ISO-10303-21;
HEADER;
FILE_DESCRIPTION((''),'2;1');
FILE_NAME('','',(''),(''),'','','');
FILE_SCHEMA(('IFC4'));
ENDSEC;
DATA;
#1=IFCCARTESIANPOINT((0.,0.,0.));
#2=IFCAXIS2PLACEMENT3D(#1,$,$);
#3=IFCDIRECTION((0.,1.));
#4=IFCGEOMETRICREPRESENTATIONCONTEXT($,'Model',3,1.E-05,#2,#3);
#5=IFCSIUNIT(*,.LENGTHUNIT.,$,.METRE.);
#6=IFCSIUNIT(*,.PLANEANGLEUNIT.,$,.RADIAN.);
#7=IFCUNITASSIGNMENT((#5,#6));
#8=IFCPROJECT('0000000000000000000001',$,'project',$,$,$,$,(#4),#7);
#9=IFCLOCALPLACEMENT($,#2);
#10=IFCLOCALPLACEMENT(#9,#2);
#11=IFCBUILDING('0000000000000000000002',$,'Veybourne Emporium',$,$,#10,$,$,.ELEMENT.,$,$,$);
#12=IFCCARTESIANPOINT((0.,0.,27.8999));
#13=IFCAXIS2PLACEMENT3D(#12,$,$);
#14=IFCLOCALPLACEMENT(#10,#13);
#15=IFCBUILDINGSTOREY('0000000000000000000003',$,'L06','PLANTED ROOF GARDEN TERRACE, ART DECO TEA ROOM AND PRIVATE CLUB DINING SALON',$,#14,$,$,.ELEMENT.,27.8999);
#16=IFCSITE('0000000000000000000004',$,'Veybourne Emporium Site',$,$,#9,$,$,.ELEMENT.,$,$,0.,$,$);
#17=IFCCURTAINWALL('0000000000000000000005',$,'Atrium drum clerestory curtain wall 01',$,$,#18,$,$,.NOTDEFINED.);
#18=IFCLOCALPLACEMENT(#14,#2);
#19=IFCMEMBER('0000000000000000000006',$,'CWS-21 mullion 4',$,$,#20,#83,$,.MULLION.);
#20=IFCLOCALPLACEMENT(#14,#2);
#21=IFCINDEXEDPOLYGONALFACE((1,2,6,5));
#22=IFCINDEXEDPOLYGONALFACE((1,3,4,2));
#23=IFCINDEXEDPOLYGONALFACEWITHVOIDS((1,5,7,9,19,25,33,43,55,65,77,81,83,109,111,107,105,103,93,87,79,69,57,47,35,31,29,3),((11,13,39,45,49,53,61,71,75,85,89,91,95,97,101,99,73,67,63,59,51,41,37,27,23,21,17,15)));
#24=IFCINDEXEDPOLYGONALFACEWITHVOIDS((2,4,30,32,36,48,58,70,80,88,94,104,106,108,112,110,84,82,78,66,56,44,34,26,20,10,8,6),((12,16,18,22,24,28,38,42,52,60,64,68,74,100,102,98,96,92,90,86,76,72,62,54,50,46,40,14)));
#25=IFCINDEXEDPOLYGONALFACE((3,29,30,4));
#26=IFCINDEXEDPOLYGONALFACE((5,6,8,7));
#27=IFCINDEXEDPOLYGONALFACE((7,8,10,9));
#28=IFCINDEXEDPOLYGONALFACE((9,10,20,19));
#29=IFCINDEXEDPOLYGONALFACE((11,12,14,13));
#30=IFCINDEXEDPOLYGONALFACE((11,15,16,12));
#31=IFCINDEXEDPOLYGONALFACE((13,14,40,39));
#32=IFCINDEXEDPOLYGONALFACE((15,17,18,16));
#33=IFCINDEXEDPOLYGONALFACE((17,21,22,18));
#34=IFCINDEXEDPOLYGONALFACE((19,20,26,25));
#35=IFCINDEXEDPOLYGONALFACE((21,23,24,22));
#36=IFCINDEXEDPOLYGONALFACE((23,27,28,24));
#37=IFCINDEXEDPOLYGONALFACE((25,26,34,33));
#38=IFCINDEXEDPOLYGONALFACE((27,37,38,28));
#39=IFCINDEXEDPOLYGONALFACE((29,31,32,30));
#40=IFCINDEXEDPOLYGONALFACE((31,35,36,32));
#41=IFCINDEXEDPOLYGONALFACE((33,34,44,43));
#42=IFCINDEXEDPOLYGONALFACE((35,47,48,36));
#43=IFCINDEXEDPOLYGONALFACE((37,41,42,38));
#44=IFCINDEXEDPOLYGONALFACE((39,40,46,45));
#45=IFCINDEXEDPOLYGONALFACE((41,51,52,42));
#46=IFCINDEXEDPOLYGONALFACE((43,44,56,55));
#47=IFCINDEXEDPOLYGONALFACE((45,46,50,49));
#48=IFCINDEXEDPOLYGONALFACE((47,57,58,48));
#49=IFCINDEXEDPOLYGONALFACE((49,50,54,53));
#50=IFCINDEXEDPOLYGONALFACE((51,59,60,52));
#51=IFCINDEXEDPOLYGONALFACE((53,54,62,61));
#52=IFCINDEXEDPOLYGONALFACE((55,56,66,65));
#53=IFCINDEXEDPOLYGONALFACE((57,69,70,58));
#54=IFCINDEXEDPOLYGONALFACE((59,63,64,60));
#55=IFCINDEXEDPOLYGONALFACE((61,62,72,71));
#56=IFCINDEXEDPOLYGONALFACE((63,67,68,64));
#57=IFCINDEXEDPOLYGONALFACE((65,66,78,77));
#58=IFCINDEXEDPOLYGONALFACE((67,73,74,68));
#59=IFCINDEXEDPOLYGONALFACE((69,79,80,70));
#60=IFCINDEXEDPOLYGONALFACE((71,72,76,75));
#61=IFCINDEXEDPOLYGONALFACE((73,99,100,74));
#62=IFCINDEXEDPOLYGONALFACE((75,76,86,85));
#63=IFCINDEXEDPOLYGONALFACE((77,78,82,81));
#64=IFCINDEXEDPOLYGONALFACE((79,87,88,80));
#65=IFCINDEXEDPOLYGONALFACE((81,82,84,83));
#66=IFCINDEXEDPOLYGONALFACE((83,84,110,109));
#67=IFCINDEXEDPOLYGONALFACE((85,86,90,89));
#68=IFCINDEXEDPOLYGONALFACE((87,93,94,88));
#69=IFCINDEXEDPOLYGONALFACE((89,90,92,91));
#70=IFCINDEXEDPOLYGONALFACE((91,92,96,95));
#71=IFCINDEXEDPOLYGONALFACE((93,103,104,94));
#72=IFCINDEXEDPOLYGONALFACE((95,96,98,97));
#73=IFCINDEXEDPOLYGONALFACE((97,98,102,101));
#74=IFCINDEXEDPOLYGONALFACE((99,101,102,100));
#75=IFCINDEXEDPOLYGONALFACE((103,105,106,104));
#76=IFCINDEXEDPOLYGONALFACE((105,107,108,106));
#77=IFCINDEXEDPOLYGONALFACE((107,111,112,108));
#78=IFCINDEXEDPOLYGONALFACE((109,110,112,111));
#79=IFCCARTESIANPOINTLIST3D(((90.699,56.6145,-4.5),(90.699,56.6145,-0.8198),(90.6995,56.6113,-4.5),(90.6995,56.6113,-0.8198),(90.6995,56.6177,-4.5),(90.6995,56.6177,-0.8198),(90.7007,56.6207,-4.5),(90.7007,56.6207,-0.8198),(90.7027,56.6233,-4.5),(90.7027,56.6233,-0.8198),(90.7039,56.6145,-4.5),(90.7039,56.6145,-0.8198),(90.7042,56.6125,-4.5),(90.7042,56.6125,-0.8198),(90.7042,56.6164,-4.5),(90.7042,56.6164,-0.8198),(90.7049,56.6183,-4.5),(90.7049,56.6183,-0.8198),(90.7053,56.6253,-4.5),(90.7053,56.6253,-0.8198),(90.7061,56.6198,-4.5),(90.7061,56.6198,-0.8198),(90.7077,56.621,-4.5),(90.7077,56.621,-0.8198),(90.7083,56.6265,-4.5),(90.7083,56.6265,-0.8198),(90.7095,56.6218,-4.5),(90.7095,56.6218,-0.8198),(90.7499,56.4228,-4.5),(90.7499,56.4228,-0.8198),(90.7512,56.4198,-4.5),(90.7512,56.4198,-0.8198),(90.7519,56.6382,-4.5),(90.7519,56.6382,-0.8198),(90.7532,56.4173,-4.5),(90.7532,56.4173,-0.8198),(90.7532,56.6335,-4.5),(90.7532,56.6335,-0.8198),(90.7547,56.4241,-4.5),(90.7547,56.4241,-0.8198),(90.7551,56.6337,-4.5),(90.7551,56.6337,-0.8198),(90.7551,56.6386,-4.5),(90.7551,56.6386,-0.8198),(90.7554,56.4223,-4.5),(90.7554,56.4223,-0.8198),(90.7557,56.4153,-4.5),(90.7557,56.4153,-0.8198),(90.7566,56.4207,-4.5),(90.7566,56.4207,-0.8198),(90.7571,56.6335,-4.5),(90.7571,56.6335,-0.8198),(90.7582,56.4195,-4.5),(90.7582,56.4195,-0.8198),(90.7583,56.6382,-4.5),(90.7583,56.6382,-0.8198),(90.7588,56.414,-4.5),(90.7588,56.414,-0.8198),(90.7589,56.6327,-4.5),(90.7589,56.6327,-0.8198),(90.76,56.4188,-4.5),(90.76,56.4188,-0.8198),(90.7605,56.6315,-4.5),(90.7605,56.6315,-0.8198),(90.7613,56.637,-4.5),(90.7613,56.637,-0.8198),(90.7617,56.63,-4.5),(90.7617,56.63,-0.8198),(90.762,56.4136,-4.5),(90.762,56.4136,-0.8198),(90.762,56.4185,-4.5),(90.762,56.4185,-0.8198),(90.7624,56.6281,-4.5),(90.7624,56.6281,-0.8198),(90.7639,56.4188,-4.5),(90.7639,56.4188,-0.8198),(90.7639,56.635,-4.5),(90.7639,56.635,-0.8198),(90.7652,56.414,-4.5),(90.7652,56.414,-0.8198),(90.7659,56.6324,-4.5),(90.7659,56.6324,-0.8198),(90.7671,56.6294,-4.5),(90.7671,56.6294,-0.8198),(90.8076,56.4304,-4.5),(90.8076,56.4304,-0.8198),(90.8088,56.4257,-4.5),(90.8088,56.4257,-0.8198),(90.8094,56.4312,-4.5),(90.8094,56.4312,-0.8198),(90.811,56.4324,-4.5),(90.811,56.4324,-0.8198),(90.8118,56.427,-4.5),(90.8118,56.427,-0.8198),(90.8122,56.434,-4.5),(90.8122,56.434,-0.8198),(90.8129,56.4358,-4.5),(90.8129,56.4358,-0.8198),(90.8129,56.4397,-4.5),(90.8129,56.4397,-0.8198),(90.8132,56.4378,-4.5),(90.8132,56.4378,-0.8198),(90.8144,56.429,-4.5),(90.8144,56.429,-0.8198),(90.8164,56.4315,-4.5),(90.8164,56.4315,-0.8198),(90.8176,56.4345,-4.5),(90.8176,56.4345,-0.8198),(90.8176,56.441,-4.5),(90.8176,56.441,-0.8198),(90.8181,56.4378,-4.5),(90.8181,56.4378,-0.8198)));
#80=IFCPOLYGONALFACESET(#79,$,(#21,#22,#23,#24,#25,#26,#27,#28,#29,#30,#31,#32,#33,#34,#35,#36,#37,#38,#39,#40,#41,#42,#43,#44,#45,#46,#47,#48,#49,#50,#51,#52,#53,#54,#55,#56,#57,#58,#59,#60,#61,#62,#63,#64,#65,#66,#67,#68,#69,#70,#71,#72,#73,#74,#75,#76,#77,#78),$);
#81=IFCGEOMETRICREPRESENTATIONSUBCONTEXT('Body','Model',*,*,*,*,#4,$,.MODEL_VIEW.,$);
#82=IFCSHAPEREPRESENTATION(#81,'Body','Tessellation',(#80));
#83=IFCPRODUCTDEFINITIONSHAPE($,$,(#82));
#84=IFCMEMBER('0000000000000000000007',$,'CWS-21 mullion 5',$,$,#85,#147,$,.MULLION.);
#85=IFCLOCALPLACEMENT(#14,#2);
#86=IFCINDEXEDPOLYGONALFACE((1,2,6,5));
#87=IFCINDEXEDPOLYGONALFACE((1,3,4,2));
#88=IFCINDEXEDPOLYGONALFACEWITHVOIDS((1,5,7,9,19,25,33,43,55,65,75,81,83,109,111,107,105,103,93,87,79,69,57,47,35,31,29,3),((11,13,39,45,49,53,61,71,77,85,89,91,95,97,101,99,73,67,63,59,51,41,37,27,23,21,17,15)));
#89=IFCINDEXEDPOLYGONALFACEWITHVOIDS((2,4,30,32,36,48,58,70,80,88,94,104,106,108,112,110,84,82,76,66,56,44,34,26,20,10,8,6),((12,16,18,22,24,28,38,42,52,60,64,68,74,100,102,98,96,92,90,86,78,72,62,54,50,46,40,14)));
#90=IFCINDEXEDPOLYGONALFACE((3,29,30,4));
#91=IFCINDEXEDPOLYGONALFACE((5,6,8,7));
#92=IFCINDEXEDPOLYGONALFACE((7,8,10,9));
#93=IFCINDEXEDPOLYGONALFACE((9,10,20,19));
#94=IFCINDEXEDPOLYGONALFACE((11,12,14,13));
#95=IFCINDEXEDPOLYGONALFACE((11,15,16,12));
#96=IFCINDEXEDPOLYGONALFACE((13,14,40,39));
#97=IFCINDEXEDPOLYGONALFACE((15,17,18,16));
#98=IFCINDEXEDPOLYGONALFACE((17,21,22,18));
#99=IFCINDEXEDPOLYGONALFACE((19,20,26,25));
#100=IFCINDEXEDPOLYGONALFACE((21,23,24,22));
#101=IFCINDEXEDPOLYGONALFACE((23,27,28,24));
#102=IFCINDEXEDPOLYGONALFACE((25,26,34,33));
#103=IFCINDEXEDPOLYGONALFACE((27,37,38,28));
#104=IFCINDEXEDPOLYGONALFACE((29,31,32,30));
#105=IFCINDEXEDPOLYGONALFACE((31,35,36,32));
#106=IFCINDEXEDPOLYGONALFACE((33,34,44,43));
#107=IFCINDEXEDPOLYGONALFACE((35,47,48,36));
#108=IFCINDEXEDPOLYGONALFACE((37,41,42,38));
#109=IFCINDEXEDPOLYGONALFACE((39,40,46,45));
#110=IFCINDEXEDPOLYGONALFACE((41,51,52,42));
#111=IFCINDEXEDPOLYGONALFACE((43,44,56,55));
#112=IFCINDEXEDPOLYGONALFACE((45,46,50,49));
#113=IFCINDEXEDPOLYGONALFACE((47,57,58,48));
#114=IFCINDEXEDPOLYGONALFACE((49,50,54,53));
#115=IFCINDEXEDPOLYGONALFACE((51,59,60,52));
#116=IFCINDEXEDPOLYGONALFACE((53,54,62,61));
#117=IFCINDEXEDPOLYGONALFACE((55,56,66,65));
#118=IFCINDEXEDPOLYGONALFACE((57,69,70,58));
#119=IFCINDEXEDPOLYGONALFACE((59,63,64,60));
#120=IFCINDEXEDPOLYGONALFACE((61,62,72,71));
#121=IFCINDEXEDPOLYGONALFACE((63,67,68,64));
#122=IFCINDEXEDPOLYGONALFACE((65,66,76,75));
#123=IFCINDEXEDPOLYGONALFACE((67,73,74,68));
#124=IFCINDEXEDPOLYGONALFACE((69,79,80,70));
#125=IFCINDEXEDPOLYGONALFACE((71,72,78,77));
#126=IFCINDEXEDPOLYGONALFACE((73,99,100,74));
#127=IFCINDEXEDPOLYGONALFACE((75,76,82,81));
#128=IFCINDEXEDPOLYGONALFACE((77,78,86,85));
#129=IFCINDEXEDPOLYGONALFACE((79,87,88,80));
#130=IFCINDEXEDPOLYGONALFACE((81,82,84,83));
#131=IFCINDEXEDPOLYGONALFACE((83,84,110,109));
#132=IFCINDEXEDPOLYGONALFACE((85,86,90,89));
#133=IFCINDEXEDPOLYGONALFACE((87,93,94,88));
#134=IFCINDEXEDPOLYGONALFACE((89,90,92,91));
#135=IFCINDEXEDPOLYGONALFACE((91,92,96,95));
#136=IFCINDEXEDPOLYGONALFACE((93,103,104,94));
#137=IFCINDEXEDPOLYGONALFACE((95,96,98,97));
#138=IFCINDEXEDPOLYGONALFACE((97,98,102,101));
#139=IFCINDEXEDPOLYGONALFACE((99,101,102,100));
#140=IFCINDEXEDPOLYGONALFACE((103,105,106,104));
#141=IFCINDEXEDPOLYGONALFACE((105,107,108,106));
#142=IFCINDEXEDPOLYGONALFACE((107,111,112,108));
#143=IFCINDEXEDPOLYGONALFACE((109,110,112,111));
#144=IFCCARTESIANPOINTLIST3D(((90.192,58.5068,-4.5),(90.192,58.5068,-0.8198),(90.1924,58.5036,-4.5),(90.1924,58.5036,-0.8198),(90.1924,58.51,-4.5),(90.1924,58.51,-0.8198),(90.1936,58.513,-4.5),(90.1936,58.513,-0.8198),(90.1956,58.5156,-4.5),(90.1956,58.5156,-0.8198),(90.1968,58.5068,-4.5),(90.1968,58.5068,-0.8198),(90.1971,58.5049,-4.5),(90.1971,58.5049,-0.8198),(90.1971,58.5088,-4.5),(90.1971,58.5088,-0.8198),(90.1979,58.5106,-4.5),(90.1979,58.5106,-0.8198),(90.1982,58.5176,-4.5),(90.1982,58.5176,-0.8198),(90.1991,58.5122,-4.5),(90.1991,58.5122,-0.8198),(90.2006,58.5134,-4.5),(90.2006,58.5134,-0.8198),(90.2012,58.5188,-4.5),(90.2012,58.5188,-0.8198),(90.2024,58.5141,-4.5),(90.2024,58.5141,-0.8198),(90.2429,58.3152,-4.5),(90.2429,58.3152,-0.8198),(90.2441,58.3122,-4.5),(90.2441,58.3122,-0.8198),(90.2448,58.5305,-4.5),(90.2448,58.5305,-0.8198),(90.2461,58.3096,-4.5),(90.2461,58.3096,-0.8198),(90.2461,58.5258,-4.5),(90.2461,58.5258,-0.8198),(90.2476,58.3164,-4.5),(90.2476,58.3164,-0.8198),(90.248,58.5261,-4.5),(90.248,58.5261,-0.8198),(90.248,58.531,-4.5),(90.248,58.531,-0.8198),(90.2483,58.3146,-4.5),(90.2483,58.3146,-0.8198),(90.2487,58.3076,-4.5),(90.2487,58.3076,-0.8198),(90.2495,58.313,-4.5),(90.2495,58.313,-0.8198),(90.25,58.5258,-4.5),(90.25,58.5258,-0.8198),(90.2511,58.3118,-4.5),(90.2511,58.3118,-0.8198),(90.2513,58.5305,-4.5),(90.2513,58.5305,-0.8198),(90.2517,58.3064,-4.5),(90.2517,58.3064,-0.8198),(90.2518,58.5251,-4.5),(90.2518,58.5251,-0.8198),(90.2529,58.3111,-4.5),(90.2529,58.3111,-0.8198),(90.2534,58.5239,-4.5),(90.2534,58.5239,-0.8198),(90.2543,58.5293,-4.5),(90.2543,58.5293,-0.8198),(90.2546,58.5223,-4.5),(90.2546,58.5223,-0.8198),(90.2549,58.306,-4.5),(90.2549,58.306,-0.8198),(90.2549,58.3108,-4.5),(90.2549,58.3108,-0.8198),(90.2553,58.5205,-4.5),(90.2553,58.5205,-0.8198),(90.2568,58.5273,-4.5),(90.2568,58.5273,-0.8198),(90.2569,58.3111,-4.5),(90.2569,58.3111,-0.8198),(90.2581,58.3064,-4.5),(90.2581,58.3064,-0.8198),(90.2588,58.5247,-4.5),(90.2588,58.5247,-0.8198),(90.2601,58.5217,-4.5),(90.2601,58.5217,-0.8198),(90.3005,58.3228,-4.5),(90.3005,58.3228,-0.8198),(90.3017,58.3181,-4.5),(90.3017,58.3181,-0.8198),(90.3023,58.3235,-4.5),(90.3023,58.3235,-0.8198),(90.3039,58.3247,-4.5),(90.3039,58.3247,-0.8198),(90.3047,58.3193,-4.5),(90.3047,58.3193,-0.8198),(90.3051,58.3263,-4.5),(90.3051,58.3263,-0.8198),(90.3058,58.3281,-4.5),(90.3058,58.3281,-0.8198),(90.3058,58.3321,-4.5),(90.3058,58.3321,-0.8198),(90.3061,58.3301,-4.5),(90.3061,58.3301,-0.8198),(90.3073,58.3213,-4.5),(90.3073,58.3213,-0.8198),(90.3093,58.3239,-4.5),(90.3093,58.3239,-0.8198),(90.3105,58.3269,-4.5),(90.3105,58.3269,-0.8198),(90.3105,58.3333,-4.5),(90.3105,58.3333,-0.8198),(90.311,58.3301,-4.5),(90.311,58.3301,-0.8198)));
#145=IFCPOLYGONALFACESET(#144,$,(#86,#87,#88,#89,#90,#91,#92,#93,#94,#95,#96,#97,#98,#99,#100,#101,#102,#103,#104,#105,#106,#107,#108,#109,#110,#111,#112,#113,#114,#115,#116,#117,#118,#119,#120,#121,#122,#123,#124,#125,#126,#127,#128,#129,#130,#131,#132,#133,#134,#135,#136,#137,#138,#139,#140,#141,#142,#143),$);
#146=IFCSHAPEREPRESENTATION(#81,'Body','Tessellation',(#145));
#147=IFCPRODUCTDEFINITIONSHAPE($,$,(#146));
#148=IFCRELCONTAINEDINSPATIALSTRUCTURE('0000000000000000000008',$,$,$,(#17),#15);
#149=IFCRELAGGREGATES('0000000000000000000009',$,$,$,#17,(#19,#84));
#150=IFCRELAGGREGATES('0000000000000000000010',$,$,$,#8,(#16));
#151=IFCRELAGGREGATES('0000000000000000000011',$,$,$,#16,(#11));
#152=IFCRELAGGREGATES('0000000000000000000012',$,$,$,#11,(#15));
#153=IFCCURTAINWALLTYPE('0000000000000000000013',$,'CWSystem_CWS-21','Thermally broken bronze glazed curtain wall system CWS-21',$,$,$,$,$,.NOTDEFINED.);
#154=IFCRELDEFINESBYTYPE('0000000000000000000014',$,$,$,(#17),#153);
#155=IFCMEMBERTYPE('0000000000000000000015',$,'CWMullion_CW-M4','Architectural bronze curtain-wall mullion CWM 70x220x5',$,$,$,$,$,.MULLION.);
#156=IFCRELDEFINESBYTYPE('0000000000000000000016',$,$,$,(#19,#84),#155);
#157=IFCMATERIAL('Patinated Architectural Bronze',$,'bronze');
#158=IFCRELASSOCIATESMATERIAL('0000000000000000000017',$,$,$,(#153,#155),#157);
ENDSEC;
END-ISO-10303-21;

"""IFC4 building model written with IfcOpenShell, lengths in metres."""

from ifc_helpers import new_model, si_unit, direction, frame, origin, origin_2d, place, context, subcontext, project, spatial, hollow_rectangle, extrude, material, material_profile, profile_set, type_object, element, aggregate, save


model = new_model("IFC4")

# Units and contexts
model_context = context("Model", 3, precision=1e-05, world=origin(), true_north=direction((0.0, 1.0)))
body_context = subcontext(model_context, "Body", "Model", "MODEL_VIEW")
ifc_project = project(units=[si_unit("LENGTHUNIT", "METRE"), si_unit("PLANEANGLEUNIT", "RADIAN")], contexts=[model_context])

# Site, building, storey
site_placement = place(None, origin())
site = spatial("IfcSite", under=ifc_project, at=site_placement, Name="Veybourne Emporium Site", CompositionType="ELEMENT", RefElevation=0.0)
building_placement = place(site_placement, origin())
building = spatial("IfcBuilding", under=site, at=building_placement, Name="Veybourne Emporium", CompositionType="ELEMENT")
storey_placement = place(building_placement, frame((0.0, 0.0, 27.8999)))
storey = spatial("IfcBuildingStorey", under=building, at=storey_placement, Name="L06", Description="PLANTED ROOF GARDEN TERRACE, ART DECO TEA ROOM AND PRIVATE CLUB DINING SALON", CompositionType="ELEMENT", Elevation=27.8999)

# Curtain wall, members
ifc_material_1 = material(Name="Patinated Architectural Bronze", Category="bronze")
curtain_wall_type_1 = type_object("IfcCurtainWallType", Name="CWSystem_CWS-21", Description="Thermally broken bronze glazed curtain wall system CWS-21", PredefinedType="NOTDEFINED", material=ifc_material_1)
curtain_wall_1_placement = place(storey_placement, origin())
curtain_wall_1 = element("IfcCurtainWall", 1, at=curtain_wall_1_placement, inside=storey, type_object=curtain_wall_type_1, Name="Atrium drum clerestory curtain wall 01", PredefinedType="NOTDEFINED")
ifc_material_profile_1 = material_profile(ifc_material_1, hollow_rectangle(XDim=0.0701, YDim=0.22, WallThickness=0.0049, InnerFilletRadius=0.0076, OuterFilletRadius=0.0125, at=origin_2d()), Name="CWM 70x220x5")
ifc_profile_set_1 = profile_set([ifc_material_profile_1], Name="Patinated Architectural Bronze")
member_type_1 = type_object("IfcMemberType", Name="CWMullion_CW-M4", Description="Architectural bronze curtain-wall mullion CWM 70x220x5", PredefinedType="MULLION", material=ifc_profile_set_1)
member_1_placement = place(storey_placement, frame((90.7585, 56.5261, -4.5), z_axis=(0.0, 0.0, 1.0), x_axis=(-0.965926, -0.25882, 0.0)))
member_1 = element("IfcMember", 2, at=member_1_placement, type_object=member_type_1, Name="CWS-21 mullion 4", PredefinedType="MULLION", context=body_context, shape_type="SweptSolid", body=[
    extrude(hollow_rectangle(XDim=0.0701, YDim=0.22, WallThickness=0.0049, InnerFilletRadius=0.0076, OuterFilletRadius=0.0125, at=origin_2d()), origin(), (0.0, 0.0, 1.0), 3.6802),
])
member_2_placement = place(storey_placement, frame((90.2515, 58.4185, -4.5), z_axis=(0.0, 0.0, 1.0), x_axis=(-0.965926, -0.25882, 0.0)))
member_2 = element("IfcMember", 3, at=member_2_placement, type_object=member_type_1, Name="CWS-21 mullion 5", PredefinedType="MULLION", context=body_context, shape_type="SweptSolid", body=[
    extrude(hollow_rectangle(XDim=0.0701, YDim=0.22, WallThickness=0.0049, InnerFilletRadius=0.0076, OuterFilletRadius=0.0125, at=origin_2d()), origin(), (0.0, 0.0, 1.0), 3.6802),
])

aggregate(curtain_wall_1, [member_1, member_2])

save(model, "model.ifc")
